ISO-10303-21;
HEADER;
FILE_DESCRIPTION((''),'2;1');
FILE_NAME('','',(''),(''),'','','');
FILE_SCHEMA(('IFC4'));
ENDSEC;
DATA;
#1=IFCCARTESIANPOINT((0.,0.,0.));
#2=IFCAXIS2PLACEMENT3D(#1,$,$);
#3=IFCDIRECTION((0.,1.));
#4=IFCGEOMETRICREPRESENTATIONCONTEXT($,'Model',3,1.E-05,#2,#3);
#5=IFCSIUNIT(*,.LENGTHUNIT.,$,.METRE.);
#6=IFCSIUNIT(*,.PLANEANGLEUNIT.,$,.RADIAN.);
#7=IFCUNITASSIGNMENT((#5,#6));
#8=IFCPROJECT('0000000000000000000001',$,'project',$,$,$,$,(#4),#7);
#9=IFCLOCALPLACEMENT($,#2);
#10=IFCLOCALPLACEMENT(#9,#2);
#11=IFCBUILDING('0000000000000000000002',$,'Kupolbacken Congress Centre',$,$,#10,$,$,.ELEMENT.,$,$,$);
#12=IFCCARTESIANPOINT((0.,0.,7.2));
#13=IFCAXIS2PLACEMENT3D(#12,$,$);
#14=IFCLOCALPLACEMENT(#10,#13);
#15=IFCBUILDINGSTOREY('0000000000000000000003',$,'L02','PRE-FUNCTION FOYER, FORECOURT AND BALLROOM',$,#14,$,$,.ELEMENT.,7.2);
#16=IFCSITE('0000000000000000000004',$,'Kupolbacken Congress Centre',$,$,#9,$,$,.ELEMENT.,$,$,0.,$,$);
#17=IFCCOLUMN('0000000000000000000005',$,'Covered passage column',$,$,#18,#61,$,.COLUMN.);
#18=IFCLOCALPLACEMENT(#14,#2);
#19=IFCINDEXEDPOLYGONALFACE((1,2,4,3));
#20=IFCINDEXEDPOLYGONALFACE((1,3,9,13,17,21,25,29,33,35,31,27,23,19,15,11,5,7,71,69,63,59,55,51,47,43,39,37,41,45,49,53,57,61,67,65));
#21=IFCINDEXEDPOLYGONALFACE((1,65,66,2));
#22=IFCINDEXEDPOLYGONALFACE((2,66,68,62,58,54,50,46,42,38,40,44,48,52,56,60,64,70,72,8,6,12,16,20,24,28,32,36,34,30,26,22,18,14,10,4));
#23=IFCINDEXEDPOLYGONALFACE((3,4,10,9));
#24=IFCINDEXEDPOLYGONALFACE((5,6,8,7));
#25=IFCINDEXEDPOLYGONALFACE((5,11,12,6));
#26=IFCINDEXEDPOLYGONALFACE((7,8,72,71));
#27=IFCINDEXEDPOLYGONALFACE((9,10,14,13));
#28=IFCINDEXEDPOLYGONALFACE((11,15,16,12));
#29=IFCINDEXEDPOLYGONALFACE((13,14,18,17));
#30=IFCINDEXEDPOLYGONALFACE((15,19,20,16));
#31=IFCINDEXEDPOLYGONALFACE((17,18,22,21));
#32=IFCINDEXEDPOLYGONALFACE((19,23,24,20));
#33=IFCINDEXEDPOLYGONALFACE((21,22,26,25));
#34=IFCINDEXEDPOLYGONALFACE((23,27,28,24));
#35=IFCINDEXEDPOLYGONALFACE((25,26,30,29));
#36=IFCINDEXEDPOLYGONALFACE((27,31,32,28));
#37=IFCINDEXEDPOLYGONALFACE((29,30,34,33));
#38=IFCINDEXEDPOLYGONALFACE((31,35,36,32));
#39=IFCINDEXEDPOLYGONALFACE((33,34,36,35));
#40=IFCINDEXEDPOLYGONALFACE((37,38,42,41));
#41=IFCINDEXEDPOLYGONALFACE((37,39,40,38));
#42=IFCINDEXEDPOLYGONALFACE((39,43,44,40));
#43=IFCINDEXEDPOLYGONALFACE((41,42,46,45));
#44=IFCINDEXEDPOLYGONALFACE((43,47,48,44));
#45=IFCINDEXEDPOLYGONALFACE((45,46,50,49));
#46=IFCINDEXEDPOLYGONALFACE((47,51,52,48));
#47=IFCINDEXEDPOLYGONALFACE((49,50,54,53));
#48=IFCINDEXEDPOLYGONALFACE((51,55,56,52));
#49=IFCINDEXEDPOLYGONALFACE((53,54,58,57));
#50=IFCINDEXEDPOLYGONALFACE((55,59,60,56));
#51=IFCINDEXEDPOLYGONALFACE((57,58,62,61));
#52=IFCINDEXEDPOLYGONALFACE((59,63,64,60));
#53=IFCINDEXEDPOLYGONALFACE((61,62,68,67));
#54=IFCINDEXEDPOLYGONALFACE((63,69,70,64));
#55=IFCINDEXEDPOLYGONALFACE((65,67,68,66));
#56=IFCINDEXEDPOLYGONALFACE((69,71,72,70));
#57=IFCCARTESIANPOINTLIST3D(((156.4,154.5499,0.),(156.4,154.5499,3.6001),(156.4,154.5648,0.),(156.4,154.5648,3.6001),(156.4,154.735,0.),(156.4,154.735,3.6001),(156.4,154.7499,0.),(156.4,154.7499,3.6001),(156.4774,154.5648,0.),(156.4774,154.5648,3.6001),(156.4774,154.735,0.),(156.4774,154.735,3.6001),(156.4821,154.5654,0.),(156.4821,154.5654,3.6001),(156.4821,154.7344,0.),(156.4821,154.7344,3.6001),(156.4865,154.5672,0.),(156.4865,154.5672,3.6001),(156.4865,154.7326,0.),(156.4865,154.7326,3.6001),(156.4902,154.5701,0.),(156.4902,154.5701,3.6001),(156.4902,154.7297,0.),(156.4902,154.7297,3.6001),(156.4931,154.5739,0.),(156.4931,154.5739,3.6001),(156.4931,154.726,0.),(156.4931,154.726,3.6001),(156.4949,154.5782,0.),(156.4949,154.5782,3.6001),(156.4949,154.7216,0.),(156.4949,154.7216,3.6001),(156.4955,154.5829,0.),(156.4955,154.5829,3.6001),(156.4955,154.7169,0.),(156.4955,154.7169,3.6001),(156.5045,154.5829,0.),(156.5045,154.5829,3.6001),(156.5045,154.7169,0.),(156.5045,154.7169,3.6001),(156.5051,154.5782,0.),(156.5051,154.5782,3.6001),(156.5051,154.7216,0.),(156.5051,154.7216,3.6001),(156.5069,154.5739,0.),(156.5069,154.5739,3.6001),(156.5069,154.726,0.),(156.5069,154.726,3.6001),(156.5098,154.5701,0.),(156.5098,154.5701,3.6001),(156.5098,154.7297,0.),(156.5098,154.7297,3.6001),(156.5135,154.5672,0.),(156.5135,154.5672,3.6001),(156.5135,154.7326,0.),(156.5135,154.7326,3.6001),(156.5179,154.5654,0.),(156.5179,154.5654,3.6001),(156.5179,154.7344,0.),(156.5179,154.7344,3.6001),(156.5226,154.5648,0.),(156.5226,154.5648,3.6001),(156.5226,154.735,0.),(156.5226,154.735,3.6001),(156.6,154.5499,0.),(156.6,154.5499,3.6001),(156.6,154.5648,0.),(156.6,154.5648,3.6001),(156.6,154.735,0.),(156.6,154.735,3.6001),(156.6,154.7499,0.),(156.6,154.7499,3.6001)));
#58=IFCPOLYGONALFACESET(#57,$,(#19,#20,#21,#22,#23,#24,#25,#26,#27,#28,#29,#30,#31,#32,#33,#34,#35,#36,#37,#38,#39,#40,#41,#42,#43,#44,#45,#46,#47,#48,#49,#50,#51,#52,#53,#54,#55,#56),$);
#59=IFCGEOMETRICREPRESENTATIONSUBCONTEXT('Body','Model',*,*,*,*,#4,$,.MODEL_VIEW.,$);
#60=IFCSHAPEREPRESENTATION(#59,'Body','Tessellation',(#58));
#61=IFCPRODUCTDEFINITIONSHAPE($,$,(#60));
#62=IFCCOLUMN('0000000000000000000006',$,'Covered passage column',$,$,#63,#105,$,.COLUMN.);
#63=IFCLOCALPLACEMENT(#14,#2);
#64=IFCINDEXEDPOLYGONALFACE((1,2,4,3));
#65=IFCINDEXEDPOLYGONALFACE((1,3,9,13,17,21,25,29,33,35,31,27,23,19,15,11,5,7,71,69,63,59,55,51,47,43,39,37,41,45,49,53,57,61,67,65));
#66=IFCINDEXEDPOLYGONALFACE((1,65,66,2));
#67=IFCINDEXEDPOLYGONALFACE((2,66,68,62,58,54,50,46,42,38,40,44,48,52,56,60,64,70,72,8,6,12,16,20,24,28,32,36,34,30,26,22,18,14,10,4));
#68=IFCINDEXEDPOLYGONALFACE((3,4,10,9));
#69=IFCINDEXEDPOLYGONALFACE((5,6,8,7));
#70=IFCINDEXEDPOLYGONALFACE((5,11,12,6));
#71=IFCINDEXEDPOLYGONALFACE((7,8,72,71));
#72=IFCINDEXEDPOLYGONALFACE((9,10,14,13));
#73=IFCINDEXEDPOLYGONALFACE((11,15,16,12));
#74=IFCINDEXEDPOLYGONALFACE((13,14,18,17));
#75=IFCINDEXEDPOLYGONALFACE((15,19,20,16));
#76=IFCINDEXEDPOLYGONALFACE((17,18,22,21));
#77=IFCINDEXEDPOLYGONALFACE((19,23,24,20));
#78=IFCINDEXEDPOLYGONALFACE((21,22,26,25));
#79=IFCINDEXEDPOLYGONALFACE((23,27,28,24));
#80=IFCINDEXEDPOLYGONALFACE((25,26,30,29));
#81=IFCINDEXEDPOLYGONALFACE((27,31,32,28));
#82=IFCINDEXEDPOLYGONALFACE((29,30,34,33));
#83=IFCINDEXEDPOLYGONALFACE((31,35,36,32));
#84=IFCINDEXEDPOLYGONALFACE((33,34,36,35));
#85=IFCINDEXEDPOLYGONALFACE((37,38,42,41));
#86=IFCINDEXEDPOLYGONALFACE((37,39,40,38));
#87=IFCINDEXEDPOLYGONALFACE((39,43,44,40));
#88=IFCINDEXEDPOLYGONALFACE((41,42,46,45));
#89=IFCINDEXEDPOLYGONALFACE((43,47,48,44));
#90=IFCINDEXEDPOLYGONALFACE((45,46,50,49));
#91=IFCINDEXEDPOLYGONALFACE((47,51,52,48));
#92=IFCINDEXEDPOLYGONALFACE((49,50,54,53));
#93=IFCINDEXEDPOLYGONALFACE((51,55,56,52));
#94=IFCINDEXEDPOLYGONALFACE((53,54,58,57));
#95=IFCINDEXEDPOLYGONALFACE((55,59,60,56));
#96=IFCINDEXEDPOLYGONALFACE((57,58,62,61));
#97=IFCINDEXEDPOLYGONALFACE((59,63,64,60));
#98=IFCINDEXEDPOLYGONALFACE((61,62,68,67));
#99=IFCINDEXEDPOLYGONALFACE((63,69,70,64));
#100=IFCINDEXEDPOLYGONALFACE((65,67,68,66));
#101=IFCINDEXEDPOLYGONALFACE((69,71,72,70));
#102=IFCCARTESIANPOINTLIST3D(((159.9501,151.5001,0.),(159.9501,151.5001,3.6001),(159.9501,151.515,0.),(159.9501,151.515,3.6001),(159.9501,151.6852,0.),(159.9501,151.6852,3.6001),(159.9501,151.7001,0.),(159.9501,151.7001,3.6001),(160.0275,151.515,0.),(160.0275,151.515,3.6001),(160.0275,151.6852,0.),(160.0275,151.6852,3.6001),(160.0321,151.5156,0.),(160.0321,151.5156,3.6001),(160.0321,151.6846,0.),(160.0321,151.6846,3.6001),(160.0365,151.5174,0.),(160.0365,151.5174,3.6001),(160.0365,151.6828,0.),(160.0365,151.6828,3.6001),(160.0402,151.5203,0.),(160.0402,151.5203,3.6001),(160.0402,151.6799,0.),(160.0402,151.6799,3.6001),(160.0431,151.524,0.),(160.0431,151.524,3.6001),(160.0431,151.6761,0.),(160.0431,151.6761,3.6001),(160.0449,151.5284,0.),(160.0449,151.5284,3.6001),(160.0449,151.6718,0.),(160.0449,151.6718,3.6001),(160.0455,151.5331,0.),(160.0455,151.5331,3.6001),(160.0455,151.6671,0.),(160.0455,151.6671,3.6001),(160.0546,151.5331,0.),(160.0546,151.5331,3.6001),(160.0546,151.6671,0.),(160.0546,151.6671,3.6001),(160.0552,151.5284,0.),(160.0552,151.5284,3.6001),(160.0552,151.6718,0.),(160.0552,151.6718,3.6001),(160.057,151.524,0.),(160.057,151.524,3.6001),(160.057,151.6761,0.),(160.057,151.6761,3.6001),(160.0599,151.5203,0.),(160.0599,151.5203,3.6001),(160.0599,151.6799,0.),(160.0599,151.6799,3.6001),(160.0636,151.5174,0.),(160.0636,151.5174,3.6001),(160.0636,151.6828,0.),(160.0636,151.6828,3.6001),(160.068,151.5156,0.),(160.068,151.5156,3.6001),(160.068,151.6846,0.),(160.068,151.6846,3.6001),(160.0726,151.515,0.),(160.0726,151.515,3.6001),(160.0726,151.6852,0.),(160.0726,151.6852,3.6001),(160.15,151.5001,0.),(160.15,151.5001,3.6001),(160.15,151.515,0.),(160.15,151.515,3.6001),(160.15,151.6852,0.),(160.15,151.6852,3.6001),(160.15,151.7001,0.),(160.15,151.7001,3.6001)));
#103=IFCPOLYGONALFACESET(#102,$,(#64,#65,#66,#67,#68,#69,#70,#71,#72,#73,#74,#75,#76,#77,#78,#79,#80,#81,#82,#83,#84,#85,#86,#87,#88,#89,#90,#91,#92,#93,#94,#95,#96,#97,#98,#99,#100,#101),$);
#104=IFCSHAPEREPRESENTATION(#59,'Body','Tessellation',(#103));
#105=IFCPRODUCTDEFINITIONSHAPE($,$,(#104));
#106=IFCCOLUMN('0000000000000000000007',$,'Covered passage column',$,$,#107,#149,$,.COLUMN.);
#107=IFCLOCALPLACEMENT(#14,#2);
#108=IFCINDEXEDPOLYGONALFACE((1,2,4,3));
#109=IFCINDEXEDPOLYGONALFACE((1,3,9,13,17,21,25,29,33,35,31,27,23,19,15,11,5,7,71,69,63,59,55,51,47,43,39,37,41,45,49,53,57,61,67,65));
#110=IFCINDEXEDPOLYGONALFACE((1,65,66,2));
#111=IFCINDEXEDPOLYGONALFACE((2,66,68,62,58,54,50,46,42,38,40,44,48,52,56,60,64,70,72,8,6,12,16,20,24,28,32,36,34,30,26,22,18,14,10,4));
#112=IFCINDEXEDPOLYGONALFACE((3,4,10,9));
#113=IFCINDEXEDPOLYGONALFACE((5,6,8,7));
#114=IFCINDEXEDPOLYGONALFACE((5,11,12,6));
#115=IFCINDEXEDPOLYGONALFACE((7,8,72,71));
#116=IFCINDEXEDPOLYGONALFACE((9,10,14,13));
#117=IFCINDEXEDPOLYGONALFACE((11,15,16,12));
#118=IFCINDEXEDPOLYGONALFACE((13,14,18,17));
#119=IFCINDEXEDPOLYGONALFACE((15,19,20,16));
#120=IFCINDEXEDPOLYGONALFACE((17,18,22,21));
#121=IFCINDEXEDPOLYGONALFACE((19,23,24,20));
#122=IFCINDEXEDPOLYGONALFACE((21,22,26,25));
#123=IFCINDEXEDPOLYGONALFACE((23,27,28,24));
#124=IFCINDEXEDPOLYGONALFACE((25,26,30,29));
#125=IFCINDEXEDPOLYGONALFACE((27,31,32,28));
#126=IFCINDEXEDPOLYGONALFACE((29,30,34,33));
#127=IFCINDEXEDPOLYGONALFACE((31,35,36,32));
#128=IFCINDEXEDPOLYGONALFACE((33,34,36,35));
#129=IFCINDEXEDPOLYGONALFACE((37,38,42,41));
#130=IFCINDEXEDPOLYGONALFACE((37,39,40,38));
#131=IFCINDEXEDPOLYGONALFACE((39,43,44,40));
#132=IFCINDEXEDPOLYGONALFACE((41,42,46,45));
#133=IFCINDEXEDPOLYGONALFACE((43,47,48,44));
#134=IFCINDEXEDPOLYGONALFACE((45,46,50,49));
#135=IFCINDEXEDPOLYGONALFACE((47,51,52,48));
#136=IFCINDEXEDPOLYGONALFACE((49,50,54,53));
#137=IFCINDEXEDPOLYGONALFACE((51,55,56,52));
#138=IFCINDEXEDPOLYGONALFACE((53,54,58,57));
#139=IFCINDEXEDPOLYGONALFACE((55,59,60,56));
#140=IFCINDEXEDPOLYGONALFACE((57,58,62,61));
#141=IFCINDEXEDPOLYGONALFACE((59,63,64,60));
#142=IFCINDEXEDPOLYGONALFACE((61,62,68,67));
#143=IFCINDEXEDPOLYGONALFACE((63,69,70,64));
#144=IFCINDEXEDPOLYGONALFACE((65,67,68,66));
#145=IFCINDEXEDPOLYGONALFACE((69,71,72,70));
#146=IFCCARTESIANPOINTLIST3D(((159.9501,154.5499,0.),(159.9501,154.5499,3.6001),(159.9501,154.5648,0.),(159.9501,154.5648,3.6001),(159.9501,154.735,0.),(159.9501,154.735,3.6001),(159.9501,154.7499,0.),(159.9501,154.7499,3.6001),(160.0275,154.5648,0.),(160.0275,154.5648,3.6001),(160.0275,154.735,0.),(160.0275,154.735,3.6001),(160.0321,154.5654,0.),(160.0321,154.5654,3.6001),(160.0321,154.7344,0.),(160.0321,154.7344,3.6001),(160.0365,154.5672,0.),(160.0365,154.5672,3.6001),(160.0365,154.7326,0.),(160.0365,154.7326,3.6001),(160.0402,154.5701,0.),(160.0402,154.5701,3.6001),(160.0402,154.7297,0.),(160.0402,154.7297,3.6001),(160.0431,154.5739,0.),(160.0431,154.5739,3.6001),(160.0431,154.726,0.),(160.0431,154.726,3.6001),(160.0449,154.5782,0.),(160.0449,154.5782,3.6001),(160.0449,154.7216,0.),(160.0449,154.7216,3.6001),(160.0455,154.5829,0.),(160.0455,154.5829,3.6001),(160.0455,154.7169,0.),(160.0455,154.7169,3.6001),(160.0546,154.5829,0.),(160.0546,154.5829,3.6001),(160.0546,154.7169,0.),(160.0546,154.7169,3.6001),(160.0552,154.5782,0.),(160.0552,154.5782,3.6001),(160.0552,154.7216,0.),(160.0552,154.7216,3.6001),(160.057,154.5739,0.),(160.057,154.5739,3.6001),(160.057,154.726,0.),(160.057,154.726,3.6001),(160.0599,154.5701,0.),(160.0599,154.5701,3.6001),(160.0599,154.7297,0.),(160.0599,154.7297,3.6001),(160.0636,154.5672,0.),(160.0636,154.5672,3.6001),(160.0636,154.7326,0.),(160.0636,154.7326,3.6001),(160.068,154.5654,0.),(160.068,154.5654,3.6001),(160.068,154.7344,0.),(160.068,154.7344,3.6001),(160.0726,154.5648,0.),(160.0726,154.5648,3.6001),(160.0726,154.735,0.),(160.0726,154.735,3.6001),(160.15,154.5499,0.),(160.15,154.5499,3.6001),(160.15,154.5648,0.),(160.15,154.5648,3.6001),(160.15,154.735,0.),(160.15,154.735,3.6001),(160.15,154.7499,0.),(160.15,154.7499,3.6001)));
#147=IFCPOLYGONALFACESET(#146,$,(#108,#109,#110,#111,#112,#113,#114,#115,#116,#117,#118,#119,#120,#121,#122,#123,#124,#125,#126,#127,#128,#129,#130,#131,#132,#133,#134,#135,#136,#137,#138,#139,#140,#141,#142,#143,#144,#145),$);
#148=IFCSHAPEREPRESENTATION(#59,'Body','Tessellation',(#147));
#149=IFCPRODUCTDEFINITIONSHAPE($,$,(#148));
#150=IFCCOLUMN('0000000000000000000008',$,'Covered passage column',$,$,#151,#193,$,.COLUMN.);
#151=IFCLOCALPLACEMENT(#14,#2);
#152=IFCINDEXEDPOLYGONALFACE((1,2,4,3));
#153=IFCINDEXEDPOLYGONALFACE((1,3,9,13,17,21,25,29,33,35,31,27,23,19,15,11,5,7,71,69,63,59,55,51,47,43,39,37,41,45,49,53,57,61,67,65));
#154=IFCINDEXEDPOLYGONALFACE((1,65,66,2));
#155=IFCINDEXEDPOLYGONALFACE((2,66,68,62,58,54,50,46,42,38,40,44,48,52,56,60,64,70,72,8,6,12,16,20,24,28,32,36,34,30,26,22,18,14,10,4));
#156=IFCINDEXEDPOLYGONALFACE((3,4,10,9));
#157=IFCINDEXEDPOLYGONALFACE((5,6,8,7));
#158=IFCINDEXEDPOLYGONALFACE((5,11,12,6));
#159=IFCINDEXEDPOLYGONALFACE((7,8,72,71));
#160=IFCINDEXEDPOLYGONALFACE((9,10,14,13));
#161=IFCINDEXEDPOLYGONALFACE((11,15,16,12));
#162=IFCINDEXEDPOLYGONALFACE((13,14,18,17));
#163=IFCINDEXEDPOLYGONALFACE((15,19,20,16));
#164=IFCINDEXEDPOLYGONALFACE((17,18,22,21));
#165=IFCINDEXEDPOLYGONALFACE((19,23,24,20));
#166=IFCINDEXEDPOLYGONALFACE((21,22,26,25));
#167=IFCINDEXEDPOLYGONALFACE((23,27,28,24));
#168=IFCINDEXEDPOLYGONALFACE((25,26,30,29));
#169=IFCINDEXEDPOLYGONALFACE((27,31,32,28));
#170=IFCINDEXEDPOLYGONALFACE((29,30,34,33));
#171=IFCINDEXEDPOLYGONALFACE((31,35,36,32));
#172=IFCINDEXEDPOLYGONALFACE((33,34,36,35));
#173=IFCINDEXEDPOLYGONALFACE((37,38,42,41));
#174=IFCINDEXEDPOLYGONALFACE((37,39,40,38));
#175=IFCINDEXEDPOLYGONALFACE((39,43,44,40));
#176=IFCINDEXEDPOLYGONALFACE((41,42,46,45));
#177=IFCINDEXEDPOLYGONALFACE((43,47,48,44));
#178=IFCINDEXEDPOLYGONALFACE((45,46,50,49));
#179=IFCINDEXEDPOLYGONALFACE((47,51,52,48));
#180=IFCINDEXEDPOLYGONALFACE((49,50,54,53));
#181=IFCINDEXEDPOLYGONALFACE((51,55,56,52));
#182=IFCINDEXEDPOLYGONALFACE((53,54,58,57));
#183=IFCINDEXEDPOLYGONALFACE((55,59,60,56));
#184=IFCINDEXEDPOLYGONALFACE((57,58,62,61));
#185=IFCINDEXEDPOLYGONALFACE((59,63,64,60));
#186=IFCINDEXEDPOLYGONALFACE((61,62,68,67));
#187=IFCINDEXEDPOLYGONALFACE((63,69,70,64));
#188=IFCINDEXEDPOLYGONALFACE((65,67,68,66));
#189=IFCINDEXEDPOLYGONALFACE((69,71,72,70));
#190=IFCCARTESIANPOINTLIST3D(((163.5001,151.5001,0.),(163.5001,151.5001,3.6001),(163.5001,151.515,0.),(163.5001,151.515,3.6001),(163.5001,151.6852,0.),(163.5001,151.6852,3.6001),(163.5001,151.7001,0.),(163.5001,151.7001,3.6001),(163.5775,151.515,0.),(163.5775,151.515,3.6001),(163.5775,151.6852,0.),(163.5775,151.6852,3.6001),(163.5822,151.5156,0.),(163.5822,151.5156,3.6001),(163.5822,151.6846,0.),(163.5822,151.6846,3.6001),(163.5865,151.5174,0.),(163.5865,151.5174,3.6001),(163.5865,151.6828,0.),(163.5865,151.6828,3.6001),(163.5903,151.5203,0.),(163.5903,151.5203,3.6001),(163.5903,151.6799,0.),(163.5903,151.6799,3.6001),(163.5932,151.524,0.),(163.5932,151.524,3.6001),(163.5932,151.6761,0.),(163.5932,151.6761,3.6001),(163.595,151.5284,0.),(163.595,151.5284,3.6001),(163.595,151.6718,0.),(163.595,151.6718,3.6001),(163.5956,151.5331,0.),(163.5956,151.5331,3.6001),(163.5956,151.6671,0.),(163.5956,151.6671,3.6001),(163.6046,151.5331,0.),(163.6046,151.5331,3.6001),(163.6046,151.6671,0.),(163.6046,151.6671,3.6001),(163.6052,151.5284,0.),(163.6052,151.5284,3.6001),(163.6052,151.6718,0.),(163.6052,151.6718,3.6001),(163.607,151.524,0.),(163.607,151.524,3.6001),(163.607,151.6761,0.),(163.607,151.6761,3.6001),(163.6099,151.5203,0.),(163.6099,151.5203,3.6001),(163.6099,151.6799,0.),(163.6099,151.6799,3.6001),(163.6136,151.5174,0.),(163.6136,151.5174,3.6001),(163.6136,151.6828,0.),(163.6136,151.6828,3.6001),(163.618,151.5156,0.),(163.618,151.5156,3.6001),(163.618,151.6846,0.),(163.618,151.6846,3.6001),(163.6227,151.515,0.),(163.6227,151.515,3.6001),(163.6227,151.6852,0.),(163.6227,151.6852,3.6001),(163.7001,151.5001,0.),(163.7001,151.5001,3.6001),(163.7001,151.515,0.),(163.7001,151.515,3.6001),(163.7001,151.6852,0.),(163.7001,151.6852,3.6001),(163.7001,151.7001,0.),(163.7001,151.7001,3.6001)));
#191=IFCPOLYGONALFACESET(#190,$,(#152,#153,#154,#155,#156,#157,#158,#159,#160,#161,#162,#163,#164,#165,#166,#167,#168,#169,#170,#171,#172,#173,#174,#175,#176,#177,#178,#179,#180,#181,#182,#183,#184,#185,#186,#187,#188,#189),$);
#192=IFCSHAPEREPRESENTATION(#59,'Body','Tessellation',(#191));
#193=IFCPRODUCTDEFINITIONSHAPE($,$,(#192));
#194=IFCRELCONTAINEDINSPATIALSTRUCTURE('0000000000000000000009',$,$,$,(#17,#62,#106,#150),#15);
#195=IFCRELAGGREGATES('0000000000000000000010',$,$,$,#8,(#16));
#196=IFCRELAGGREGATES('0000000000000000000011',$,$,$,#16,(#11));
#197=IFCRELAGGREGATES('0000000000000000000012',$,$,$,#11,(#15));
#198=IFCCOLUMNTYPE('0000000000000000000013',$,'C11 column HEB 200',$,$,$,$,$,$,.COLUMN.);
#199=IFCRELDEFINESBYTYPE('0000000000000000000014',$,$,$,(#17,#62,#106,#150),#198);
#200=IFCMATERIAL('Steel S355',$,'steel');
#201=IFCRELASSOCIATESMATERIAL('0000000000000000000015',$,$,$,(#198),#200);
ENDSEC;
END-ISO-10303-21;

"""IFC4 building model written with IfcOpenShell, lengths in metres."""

from ifc_helpers import new_model, si_unit, direction, frame, origin, origin_2d, place, context, subcontext, project, spatial, i_section, extrude, material, material_profile, profile_set, type_object, element, save


model = new_model("IFC4")

# Units and contexts
model_context = context("Model", 3, precision=1e-05, world=origin(), true_north=direction((0.0, 1.0)))
body_context = subcontext(model_context, "Body", "Model", "MODEL_VIEW")
ifc_project = project(units=[si_unit("LENGTHUNIT", "METRE"), si_unit("PLANEANGLEUNIT", "RADIAN")], contexts=[model_context])

# Site, building, storey
site_placement = place(None, origin())
site = spatial("IfcSite", under=ifc_project, at=site_placement, Name="Kupolbacken Congress Centre", CompositionType="ELEMENT", RefElevation=0.0)
building_placement = place(site_placement, origin())
building = spatial("IfcBuilding", under=site, at=building_placement, Name="Kupolbacken Congress Centre", CompositionType="ELEMENT")
storey_placement = place(building_placement, frame((0.0, 0.0, 7.2)))
storey = spatial("IfcBuildingStorey", under=building, at=storey_placement, Name="L02", Description="PRE-FUNCTION FOYER, FORECOURT AND BALLROOM", CompositionType="ELEMENT", Elevation=7.2)

# Columns
ifc_material_1 = material(Name="Steel S355", Category="steel")
ifc_material_profile_1 = material_profile(ifc_material_1, i_section(OverallWidth=0.2, OverallDepth=0.2, WebThickness=0.009, FlangeThickness=0.0149, FilletRadius=0.0181, at=origin_2d()), Name="HEB 200")
ifc_profile_set_1 = profile_set([ifc_material_profile_1], Name="Steel S355")
column_type = type_object("IfcColumnType", Name="C11 column HEB 200", PredefinedType="COLUMN", material=ifc_profile_set_1)
for number, where, z_axis, x_axis, name in (
    (1, (156.5, 154.6499, 0.0), (0.0, 0.0, 1.0), (1.0, 0.0, 0.0), "Covered passage column"),
    (2, (160.05, 151.6001, 0.0), (0.0, 0.0, 1.0), (1.0, 0.0, 0.0), "Covered passage column"),
    (3, (160.05, 154.6499, 0.0), (0.0, 0.0, 1.0), (1.0, 0.0, 0.0), "Covered passage column"),
    (4, (163.6001, 151.6001, 0.0), (0.0, 0.0, 1.0), (1.0, 0.0, 0.0), "Covered passage column"),
):
    element("IfcColumn", number, at=place(storey_placement, frame(where, z_axis=z_axis, x_axis=x_axis)), inside=storey, type_object=column_type, Name=name, PredefinedType="COLUMN", context=body_context, shape_type="SweptSolid", body=[
        extrude(i_section(OverallWidth=0.2, OverallDepth=0.2, WebThickness=0.009, FlangeThickness=0.0149, FilletRadius=0.0181, at=origin_2d()), origin(), (0.0, 0.0, 1.0), 3.6001),
    ])

save(model, "model.ifc")
